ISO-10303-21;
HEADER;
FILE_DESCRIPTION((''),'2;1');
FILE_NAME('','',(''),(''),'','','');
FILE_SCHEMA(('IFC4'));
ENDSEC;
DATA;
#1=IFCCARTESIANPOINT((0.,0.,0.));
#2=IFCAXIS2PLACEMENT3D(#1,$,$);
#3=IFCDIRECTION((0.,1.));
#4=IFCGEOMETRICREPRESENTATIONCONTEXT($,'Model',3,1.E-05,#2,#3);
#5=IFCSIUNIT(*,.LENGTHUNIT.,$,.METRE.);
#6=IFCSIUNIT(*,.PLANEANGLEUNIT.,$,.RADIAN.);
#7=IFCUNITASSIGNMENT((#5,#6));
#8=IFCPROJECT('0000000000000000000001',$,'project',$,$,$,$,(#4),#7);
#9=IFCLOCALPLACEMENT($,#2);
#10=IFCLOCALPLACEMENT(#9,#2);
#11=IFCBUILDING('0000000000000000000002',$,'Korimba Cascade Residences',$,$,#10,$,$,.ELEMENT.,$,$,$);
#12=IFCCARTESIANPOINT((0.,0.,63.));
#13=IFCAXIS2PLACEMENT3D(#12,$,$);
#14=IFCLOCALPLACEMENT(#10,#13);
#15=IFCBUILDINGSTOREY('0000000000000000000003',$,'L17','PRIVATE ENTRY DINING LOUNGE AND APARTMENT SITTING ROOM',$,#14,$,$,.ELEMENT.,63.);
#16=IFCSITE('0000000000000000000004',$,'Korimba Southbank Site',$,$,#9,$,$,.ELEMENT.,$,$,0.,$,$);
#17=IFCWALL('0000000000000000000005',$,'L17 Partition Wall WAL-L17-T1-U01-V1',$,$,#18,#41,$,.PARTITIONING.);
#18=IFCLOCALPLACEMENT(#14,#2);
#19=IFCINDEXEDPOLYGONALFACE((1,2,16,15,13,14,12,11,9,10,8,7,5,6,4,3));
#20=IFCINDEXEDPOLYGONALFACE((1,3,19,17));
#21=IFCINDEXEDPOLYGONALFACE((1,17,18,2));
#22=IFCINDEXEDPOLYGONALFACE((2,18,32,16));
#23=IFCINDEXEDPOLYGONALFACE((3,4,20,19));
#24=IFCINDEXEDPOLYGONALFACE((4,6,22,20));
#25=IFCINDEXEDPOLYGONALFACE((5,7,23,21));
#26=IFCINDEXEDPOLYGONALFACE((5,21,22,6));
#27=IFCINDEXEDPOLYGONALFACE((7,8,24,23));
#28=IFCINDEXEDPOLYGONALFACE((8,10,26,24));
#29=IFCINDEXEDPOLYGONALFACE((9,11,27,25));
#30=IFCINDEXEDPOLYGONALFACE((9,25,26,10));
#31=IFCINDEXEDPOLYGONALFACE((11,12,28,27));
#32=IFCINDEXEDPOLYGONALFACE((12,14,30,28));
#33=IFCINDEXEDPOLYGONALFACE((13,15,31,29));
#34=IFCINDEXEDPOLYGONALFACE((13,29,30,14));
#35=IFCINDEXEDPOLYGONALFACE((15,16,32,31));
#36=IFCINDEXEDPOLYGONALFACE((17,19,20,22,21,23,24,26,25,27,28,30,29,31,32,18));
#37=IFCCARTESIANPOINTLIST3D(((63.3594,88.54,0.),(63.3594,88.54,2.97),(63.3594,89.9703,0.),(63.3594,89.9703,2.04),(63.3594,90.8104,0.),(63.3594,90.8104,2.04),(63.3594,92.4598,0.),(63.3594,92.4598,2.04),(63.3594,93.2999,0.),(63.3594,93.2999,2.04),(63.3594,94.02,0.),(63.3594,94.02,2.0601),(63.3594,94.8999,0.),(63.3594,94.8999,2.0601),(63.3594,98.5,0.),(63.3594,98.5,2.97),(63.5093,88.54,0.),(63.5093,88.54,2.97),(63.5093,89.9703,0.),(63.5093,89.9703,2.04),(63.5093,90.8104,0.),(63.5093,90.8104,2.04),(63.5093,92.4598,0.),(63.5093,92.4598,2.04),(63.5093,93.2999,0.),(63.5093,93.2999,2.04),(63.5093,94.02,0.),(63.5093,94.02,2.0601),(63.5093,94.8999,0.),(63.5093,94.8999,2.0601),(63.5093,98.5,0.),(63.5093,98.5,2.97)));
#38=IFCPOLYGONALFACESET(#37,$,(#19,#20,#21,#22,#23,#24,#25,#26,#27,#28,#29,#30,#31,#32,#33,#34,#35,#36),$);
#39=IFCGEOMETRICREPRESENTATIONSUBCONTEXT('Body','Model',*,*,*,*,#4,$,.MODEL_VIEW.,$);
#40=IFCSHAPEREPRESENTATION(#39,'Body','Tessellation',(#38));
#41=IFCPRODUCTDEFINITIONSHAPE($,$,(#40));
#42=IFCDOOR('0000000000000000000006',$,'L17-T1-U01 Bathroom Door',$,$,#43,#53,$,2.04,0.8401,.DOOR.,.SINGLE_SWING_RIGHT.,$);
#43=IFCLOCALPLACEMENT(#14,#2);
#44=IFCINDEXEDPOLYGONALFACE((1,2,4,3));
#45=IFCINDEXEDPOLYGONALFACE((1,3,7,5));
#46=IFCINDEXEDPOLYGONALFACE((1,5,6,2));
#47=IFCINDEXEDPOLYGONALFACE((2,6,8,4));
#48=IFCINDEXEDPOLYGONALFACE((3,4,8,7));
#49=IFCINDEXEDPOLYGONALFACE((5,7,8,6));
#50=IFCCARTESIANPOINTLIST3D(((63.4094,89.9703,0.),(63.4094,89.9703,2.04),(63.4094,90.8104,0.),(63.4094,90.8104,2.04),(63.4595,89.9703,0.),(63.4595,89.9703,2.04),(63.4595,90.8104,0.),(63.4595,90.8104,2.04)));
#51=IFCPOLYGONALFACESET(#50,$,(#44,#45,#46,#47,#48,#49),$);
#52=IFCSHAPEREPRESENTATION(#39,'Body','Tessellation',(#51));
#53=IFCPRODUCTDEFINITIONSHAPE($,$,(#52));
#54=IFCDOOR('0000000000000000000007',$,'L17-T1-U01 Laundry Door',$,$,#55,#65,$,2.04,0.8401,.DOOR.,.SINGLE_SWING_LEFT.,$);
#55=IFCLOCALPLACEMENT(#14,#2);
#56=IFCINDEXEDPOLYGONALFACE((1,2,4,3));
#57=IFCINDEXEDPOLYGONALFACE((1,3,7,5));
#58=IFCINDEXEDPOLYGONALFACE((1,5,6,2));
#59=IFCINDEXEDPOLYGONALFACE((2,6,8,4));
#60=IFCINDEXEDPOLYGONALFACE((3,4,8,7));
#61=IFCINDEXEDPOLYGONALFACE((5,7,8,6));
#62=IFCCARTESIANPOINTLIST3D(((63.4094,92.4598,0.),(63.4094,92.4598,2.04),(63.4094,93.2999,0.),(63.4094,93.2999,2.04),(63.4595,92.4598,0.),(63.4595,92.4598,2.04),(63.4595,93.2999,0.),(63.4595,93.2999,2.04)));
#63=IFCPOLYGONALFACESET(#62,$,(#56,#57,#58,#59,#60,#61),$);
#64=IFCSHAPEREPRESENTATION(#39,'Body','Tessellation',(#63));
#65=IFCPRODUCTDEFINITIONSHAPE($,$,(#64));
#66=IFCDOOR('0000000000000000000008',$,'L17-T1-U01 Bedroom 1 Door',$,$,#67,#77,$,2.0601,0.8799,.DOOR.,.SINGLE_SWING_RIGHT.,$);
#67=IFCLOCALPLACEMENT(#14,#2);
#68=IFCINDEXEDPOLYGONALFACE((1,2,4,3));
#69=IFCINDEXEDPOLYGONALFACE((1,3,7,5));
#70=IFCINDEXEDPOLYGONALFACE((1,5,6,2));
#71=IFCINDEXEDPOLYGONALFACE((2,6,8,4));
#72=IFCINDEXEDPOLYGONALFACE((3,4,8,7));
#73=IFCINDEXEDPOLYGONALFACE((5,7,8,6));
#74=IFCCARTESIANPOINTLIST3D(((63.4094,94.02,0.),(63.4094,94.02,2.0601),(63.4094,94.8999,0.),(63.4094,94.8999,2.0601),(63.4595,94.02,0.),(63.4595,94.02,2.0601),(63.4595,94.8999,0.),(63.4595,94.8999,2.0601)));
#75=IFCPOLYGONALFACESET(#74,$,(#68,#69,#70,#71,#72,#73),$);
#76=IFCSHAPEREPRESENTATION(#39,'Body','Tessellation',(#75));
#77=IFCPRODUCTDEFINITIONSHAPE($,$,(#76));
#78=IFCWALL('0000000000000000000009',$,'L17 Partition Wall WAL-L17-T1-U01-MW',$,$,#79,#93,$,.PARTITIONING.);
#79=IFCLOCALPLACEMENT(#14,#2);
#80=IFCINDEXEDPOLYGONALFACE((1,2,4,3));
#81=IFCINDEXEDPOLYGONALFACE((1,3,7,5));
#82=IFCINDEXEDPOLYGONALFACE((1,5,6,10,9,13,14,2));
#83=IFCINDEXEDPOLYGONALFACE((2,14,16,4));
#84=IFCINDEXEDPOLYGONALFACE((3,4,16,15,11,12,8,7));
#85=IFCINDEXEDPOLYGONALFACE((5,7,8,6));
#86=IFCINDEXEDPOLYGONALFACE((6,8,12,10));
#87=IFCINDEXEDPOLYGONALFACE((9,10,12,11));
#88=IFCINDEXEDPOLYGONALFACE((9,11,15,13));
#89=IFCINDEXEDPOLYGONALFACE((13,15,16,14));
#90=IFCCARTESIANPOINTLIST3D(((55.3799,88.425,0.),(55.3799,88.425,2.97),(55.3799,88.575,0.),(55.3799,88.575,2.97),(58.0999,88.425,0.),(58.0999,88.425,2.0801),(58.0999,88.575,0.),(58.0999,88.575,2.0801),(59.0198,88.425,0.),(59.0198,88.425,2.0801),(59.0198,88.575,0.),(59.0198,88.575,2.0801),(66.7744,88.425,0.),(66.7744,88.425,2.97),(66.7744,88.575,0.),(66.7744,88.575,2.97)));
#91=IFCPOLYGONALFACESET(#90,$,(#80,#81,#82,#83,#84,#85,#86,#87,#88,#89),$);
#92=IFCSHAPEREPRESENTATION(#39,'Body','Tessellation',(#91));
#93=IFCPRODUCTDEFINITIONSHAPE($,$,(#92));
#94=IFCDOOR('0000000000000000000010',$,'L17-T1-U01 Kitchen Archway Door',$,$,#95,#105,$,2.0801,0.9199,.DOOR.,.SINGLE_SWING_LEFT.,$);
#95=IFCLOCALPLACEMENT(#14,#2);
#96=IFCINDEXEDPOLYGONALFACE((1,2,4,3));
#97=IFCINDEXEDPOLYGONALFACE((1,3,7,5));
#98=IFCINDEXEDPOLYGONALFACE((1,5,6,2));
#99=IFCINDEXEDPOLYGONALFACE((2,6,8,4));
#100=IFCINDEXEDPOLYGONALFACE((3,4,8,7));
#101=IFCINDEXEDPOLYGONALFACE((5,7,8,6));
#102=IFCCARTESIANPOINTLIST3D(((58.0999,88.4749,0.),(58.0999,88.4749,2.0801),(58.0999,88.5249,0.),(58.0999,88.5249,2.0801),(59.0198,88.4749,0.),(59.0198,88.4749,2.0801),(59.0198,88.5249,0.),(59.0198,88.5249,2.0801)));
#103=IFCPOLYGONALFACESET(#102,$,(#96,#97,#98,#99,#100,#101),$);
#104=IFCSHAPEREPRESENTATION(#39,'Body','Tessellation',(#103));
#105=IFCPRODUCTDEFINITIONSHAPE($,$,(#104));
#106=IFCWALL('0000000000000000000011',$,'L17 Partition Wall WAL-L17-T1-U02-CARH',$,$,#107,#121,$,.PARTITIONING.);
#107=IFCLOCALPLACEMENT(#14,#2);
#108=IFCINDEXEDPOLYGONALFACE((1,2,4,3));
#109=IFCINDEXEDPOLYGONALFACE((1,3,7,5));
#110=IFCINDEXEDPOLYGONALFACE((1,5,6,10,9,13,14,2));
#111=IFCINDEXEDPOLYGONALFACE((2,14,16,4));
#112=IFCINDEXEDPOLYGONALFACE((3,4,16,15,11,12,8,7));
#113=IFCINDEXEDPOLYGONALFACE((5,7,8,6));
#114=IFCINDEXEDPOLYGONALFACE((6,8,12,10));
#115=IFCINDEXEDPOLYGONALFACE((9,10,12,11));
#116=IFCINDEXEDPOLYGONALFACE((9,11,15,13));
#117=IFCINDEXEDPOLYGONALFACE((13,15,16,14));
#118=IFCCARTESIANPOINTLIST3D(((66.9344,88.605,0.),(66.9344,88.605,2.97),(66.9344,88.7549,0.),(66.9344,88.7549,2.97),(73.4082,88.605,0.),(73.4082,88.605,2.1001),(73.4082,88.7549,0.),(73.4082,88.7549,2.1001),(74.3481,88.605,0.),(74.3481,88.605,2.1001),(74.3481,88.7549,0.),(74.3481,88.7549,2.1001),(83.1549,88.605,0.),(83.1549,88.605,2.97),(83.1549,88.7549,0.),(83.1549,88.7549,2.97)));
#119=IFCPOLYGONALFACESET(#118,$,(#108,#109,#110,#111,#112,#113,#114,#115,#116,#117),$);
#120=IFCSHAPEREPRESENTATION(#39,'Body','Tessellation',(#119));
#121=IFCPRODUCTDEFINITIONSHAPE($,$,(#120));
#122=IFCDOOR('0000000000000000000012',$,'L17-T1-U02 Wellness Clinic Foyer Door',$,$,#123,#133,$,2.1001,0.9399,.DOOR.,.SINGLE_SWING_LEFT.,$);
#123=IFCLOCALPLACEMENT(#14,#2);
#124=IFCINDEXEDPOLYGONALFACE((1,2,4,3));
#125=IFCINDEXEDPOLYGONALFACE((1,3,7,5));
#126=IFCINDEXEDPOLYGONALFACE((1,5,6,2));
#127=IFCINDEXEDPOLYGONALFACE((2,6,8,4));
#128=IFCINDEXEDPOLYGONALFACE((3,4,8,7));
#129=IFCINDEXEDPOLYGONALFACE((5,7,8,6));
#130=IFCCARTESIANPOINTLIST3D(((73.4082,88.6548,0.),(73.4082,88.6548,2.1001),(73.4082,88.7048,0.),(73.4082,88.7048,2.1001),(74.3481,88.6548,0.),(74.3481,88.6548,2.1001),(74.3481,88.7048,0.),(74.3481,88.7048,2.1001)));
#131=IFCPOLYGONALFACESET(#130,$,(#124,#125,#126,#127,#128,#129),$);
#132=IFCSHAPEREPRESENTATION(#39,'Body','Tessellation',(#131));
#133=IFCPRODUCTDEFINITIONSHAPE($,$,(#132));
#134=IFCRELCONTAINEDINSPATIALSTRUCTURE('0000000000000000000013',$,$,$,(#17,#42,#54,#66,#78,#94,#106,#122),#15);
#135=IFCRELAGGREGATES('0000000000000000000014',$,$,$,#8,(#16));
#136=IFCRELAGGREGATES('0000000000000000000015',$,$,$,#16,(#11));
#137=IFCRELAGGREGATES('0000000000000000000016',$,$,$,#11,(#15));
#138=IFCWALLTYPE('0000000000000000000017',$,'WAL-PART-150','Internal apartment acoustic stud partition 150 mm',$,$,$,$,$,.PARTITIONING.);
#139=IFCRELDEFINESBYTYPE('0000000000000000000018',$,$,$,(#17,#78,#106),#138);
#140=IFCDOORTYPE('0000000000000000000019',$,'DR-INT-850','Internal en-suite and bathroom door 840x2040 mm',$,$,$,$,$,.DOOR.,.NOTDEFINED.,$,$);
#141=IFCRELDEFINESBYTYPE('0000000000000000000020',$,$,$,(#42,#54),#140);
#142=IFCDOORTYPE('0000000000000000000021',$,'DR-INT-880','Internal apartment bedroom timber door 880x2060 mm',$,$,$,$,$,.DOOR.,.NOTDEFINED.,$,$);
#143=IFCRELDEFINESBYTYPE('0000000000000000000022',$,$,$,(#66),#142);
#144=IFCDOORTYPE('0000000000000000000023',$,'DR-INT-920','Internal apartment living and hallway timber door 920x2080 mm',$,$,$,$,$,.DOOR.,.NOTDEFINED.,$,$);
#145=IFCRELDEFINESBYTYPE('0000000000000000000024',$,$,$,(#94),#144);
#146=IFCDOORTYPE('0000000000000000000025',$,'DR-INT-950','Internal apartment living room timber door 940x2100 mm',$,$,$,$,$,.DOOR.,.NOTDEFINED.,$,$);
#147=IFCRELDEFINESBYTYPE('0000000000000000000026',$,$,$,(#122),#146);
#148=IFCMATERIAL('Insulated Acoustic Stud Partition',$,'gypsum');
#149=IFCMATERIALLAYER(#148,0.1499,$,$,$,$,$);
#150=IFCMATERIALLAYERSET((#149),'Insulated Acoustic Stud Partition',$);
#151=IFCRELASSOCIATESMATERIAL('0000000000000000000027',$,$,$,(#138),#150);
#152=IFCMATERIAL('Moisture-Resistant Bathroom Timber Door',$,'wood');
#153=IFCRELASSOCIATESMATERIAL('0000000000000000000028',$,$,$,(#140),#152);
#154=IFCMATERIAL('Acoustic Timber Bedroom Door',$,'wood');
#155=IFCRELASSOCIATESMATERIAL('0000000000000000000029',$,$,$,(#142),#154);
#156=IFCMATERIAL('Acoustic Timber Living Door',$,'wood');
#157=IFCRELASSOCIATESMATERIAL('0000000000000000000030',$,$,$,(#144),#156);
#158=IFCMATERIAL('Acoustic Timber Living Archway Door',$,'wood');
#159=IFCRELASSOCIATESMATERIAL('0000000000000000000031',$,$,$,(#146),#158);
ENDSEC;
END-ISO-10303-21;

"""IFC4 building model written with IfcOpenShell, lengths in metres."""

from ifc_helpers import new_model, si_unit, direction, frame, frame_2d, origin, place, context, subcontext, project, spatial, rectangle, extrude, material, layer, layer_set, type_object, element, fill, save


model = new_model("IFC4")

# Units and contexts
model_context = context("Model", 3, precision=1e-05, world=origin(), true_north=direction((0.0, 1.0)))
body_context = subcontext(model_context, "Body", "Model", "MODEL_VIEW")
ifc_project = project(units=[si_unit("LENGTHUNIT", "METRE"), si_unit("PLANEANGLEUNIT", "RADIAN")], contexts=[model_context])

# Site, building, storey
site_placement = place(None, origin())
site = spatial("IfcSite", under=ifc_project, at=site_placement, Name="Korimba Southbank Site", CompositionType="ELEMENT", RefElevation=0.0)
building_placement = place(site_placement, origin())
building = spatial("IfcBuilding", under=site, at=building_placement, Name="Korimba Cascade Residences", CompositionType="ELEMENT")
storey_placement = place(building_placement, frame((0.0, 0.0, 63.0)))
storey = spatial("IfcBuildingStorey", under=building, at=storey_placement, Name="L17", Description="PRIVATE ENTRY DINING LOUNGE AND APARTMENT SITTING ROOM", CompositionType="ELEMENT", Elevation=63.0)

# Shared definitions
ifc_material_1 = material(Name="Insulated Acoustic Stud Partition", Category="gypsum")
ifc_layer_1 = layer(ifc_material_1, 0.1499)
ifc_layer_set_1 = layer_set([ifc_layer_1], Name="Insulated Acoustic Stud Partition")
wall_type_1 = type_object("IfcWallType", Name="WAL-PART-150", Description="Internal apartment acoustic stud partition 150 mm", PredefinedType="PARTITIONING", material=ifc_layer_set_1)
ifc_material_2 = material(Name="Moisture-Resistant Bathroom Timber Door", Category="wood")
door_type_1 = type_object("IfcDoorType", Name="DR-INT-850", Description="Internal en-suite and bathroom door 840x2040 mm", OperationType="NOTDEFINED", PredefinedType="DOOR", material=ifc_material_2)
ifc_material_3 = material(Name="Acoustic Timber Bedroom Door", Category="wood")
door_type_2 = type_object("IfcDoorType", Name="DR-INT-880", Description="Internal apartment bedroom timber door 880x2060 mm", OperationType="NOTDEFINED", PredefinedType="DOOR", material=ifc_material_3)

# Wall, openings, doors
wall_1_placement = place(storey_placement, frame((63.4343, 88.54, 0.0), z_axis=(0.0, 0.0, 1.0), x_axis=(0.0, 1.0, 0.0)))
wall_1 = element("IfcWall", 1, at=wall_1_placement, inside=storey, type_object=wall_type_1, Name="L17 Partition Wall WAL-L17-T1-U01-V1", PredefinedType="PARTITIONING", context=body_context, shape_type="SweptSolid", body=[
    extrude(rectangle(XDim=9.96, YDim=0.1499, at=frame_2d((4.98, 0.0))), origin(), (0.0, 0.0, 1.0), 2.97),
])
opening_1_placement = place(wall_1_placement, frame((1.4304, 0.0, 0.0)))
opening_1 = element("IfcOpeningElement", 2, at=opening_1_placement, cuts=wall_1, PredefinedType="OPENING", context=body_context, shape_type="SweptSolid", body=[
    extrude(rectangle(XDim=0.8401, YDim=2.04, at=frame_2d((0.4199, 1.02))), frame((0.0, 0.085, 0.0), z_axis=(0.0, -1.0, 0.0), x_axis=(1.0, 0.0, 0.0)), (0.0, 0.0, 1.0), 0.1699),
])
opening_2_placement = place(wall_1_placement, frame((3.9199, 0.0, 0.0)))
opening_2 = element("IfcOpeningElement", 3, at=opening_2_placement, cuts=wall_1, PredefinedType="OPENING", context=body_context, shape_type="SweptSolid", body=[
    extrude(rectangle(XDim=0.8401, YDim=2.04, at=frame_2d((0.4199, 1.02))), frame((0.0, 0.085, 0.0), z_axis=(0.0, -1.0, 0.0), x_axis=(1.0, 0.0, 0.0)), (0.0, 0.0, 1.0), 0.1699),
])
opening_3_placement = place(wall_1_placement, frame((5.48, 0.0, 0.0)))
opening_3 = element("IfcOpeningElement", 4, at=opening_3_placement, cuts=wall_1, PredefinedType="OPENING", context=body_context, shape_type="SweptSolid", body=[
    extrude(rectangle(XDim=0.8799, YDim=2.0601, at=frame_2d((0.4399, 1.03))), frame((0.0, 0.085, 0.0), z_axis=(0.0, -1.0, 0.0), x_axis=(1.0, 0.0, 0.0)), (0.0, 0.0, 1.0), 0.1699),
])
door_1_placement = place(opening_1_placement, origin())
door_1 = element("IfcDoor", 5, at=door_1_placement, inside=storey, type_object=door_type_1, Name="L17-T1-U01 Bathroom Door", OperationType="SINGLE_SWING_RIGHT", OverallHeight=2.04, OverallWidth=0.8401, PredefinedType="DOOR", context=body_context, shape_type="SweptSolid", body=[
    extrude(rectangle(XDim=0.8401, YDim=2.04, at=frame_2d((0.4199, 1.02))), frame((0.0, 0.0249, 0.0), z_axis=(0.0, -1.0, 0.0), x_axis=(1.0, 0.0, 0.0)), (0.0, 0.0, 1.0), 0.05),
])
fill(opening_1, door_1)
door_2_placement = place(opening_2_placement, origin())
door_2 = element("IfcDoor", 6, at=door_2_placement, inside=storey, type_object=door_type_1, Name="L17-T1-U01 Laundry Door", OperationType="SINGLE_SWING_LEFT", OverallHeight=2.04, OverallWidth=0.8401, PredefinedType="DOOR", context=body_context, shape_type="SweptSolid", body=[
    extrude(rectangle(XDim=0.8401, YDim=2.04, at=frame_2d((0.4199, 1.02))), frame((0.0, 0.0249, 0.0), z_axis=(0.0, -1.0, 0.0), x_axis=(1.0, 0.0, 0.0)), (0.0, 0.0, 1.0), 0.05),
])
fill(opening_2, door_2)
door_3_placement = place(opening_3_placement, origin())
door_3 = element("IfcDoor", 7, at=door_3_placement, inside=storey, type_object=door_type_2, Name="L17-T1-U01 Bedroom 1 Door", OperationType="SINGLE_SWING_RIGHT", OverallHeight=2.0601, OverallWidth=0.8799, PredefinedType="DOOR", context=body_context, shape_type="SweptSolid", body=[
    extrude(rectangle(XDim=0.8799, YDim=2.0601, at=frame_2d((0.4399, 1.03))), frame((0.0, 0.0249, 0.0), z_axis=(0.0, -1.0, 0.0), x_axis=(1.0, 0.0, 0.0)), (0.0, 0.0, 1.0), 0.05),
])
fill(opening_3, door_3)

# Walls, openings, doors
wall_2_placement = place(storey_placement, frame((55.3799, 88.5, 0.0), z_axis=(0.0, 0.0, 1.0), x_axis=(1.0, 0.0, 0.0)))
wall_2 = element("IfcWall", 8, at=wall_2_placement, inside=storey, type_object=wall_type_1, Name="L17 Partition Wall WAL-L17-T1-U01-MW", PredefinedType="PARTITIONING", context=body_context, shape_type="SweptSolid", body=[
    extrude(rectangle(XDim=11.3945, YDim=0.1499, at=frame_2d((5.6973, 0.0))), origin(), (0.0, 0.0, 1.0), 2.97),
])
opening_4_placement = place(wall_2_placement, frame((2.72, 0.0, 0.0)))
opening_4 = element("IfcOpeningElement", 9, at=opening_4_placement, cuts=wall_2, PredefinedType="OPENING", context=body_context, shape_type="SweptSolid", body=[
    extrude(rectangle(XDim=0.9199, YDim=2.0801, at=frame_2d((0.46, 1.04))), frame((0.0, 0.085, 0.0), z_axis=(0.0, -1.0, 0.0), x_axis=(1.0, 0.0, 0.0)), (0.0, 0.0, 1.0), 0.1699),
])
ifc_material_4 = material(Name="Acoustic Timber Living Door", Category="wood")
door_type_3 = type_object("IfcDoorType", Name="DR-INT-920", Description="Internal apartment living and hallway timber door 920x2080 mm", OperationType="NOTDEFINED", PredefinedType="DOOR", material=ifc_material_4)
door_4_placement = place(opening_4_placement, origin())
door_4 = element("IfcDoor", 10, at=door_4_placement, inside=storey, type_object=door_type_3, Name="L17-T1-U01 Kitchen Archway Door", OperationType="SINGLE_SWING_LEFT", OverallHeight=2.0801, OverallWidth=0.9199, PredefinedType="DOOR", context=body_context, shape_type="SweptSolid", body=[
    extrude(rectangle(XDim=0.9199, YDim=2.0801, at=frame_2d((0.46, 1.04))), frame((0.0, 0.0249, 0.0), z_axis=(0.0, -1.0, 0.0), x_axis=(1.0, 0.0, 0.0)), (0.0, 0.0, 1.0), 0.05),
])
fill(opening_4, door_4)
wall_3_placement = place(storey_placement, frame((66.9343, 88.6799, 0.0), z_axis=(0.0, 0.0, 1.0), x_axis=(1.0, 0.0, 0.0)))
wall_3 = element("IfcWall", 11, at=wall_3_placement, inside=storey, type_object=wall_type_1, Name="L17 Partition Wall WAL-L17-T1-U02-CARH", PredefinedType="PARTITIONING", context=body_context, shape_type="SweptSolid", body=[
    extrude(rectangle(XDim=16.2205, YDim=0.1499, at=frame_2d((8.1104, 0.0))), origin(), (0.0, 0.0, 1.0), 2.97),
])
opening_5_placement = place(wall_3_placement, frame((6.4739, 0.0, 0.0)))
opening_5 = element("IfcOpeningElement", 12, at=opening_5_placement, cuts=wall_3, PredefinedType="OPENING", context=body_context, shape_type="SweptSolid", body=[
    extrude(rectangle(XDim=0.9399, YDim=2.1001, at=frame_2d((0.47, 1.05))), frame((0.0, 0.085, 0.0), z_axis=(0.0, -1.0, 0.0), x_axis=(1.0, 0.0, 0.0)), (0.0, 0.0, 1.0), 0.1699),
])
ifc_material_5 = material(Name="Acoustic Timber Living Archway Door", Category="wood")
door_type_4 = type_object("IfcDoorType", Name="DR-INT-950", Description="Internal apartment living room timber door 940x2100 mm", OperationType="NOTDEFINED", PredefinedType="DOOR", material=ifc_material_5)
door_5_placement = place(opening_5_placement, origin())
door_5 = element("IfcDoor", 13, at=door_5_placement, inside=storey, type_object=door_type_4, Name="L17-T1-U02 Wellness Clinic Foyer Door", OperationType="SINGLE_SWING_LEFT", OverallHeight=2.1001, OverallWidth=0.9399, PredefinedType="DOOR", context=body_context, shape_type="SweptSolid", body=[
    extrude(rectangle(XDim=0.9399, YDim=2.1001, at=frame_2d((0.47, 1.05))), frame((0.0, 0.0249, 0.0), z_axis=(0.0, -1.0, 0.0), x_axis=(1.0, 0.0, 0.0)), (0.0, 0.0, 1.0), 0.05),
])
fill(opening_5, door_5)

save(model, "model.ifc")
